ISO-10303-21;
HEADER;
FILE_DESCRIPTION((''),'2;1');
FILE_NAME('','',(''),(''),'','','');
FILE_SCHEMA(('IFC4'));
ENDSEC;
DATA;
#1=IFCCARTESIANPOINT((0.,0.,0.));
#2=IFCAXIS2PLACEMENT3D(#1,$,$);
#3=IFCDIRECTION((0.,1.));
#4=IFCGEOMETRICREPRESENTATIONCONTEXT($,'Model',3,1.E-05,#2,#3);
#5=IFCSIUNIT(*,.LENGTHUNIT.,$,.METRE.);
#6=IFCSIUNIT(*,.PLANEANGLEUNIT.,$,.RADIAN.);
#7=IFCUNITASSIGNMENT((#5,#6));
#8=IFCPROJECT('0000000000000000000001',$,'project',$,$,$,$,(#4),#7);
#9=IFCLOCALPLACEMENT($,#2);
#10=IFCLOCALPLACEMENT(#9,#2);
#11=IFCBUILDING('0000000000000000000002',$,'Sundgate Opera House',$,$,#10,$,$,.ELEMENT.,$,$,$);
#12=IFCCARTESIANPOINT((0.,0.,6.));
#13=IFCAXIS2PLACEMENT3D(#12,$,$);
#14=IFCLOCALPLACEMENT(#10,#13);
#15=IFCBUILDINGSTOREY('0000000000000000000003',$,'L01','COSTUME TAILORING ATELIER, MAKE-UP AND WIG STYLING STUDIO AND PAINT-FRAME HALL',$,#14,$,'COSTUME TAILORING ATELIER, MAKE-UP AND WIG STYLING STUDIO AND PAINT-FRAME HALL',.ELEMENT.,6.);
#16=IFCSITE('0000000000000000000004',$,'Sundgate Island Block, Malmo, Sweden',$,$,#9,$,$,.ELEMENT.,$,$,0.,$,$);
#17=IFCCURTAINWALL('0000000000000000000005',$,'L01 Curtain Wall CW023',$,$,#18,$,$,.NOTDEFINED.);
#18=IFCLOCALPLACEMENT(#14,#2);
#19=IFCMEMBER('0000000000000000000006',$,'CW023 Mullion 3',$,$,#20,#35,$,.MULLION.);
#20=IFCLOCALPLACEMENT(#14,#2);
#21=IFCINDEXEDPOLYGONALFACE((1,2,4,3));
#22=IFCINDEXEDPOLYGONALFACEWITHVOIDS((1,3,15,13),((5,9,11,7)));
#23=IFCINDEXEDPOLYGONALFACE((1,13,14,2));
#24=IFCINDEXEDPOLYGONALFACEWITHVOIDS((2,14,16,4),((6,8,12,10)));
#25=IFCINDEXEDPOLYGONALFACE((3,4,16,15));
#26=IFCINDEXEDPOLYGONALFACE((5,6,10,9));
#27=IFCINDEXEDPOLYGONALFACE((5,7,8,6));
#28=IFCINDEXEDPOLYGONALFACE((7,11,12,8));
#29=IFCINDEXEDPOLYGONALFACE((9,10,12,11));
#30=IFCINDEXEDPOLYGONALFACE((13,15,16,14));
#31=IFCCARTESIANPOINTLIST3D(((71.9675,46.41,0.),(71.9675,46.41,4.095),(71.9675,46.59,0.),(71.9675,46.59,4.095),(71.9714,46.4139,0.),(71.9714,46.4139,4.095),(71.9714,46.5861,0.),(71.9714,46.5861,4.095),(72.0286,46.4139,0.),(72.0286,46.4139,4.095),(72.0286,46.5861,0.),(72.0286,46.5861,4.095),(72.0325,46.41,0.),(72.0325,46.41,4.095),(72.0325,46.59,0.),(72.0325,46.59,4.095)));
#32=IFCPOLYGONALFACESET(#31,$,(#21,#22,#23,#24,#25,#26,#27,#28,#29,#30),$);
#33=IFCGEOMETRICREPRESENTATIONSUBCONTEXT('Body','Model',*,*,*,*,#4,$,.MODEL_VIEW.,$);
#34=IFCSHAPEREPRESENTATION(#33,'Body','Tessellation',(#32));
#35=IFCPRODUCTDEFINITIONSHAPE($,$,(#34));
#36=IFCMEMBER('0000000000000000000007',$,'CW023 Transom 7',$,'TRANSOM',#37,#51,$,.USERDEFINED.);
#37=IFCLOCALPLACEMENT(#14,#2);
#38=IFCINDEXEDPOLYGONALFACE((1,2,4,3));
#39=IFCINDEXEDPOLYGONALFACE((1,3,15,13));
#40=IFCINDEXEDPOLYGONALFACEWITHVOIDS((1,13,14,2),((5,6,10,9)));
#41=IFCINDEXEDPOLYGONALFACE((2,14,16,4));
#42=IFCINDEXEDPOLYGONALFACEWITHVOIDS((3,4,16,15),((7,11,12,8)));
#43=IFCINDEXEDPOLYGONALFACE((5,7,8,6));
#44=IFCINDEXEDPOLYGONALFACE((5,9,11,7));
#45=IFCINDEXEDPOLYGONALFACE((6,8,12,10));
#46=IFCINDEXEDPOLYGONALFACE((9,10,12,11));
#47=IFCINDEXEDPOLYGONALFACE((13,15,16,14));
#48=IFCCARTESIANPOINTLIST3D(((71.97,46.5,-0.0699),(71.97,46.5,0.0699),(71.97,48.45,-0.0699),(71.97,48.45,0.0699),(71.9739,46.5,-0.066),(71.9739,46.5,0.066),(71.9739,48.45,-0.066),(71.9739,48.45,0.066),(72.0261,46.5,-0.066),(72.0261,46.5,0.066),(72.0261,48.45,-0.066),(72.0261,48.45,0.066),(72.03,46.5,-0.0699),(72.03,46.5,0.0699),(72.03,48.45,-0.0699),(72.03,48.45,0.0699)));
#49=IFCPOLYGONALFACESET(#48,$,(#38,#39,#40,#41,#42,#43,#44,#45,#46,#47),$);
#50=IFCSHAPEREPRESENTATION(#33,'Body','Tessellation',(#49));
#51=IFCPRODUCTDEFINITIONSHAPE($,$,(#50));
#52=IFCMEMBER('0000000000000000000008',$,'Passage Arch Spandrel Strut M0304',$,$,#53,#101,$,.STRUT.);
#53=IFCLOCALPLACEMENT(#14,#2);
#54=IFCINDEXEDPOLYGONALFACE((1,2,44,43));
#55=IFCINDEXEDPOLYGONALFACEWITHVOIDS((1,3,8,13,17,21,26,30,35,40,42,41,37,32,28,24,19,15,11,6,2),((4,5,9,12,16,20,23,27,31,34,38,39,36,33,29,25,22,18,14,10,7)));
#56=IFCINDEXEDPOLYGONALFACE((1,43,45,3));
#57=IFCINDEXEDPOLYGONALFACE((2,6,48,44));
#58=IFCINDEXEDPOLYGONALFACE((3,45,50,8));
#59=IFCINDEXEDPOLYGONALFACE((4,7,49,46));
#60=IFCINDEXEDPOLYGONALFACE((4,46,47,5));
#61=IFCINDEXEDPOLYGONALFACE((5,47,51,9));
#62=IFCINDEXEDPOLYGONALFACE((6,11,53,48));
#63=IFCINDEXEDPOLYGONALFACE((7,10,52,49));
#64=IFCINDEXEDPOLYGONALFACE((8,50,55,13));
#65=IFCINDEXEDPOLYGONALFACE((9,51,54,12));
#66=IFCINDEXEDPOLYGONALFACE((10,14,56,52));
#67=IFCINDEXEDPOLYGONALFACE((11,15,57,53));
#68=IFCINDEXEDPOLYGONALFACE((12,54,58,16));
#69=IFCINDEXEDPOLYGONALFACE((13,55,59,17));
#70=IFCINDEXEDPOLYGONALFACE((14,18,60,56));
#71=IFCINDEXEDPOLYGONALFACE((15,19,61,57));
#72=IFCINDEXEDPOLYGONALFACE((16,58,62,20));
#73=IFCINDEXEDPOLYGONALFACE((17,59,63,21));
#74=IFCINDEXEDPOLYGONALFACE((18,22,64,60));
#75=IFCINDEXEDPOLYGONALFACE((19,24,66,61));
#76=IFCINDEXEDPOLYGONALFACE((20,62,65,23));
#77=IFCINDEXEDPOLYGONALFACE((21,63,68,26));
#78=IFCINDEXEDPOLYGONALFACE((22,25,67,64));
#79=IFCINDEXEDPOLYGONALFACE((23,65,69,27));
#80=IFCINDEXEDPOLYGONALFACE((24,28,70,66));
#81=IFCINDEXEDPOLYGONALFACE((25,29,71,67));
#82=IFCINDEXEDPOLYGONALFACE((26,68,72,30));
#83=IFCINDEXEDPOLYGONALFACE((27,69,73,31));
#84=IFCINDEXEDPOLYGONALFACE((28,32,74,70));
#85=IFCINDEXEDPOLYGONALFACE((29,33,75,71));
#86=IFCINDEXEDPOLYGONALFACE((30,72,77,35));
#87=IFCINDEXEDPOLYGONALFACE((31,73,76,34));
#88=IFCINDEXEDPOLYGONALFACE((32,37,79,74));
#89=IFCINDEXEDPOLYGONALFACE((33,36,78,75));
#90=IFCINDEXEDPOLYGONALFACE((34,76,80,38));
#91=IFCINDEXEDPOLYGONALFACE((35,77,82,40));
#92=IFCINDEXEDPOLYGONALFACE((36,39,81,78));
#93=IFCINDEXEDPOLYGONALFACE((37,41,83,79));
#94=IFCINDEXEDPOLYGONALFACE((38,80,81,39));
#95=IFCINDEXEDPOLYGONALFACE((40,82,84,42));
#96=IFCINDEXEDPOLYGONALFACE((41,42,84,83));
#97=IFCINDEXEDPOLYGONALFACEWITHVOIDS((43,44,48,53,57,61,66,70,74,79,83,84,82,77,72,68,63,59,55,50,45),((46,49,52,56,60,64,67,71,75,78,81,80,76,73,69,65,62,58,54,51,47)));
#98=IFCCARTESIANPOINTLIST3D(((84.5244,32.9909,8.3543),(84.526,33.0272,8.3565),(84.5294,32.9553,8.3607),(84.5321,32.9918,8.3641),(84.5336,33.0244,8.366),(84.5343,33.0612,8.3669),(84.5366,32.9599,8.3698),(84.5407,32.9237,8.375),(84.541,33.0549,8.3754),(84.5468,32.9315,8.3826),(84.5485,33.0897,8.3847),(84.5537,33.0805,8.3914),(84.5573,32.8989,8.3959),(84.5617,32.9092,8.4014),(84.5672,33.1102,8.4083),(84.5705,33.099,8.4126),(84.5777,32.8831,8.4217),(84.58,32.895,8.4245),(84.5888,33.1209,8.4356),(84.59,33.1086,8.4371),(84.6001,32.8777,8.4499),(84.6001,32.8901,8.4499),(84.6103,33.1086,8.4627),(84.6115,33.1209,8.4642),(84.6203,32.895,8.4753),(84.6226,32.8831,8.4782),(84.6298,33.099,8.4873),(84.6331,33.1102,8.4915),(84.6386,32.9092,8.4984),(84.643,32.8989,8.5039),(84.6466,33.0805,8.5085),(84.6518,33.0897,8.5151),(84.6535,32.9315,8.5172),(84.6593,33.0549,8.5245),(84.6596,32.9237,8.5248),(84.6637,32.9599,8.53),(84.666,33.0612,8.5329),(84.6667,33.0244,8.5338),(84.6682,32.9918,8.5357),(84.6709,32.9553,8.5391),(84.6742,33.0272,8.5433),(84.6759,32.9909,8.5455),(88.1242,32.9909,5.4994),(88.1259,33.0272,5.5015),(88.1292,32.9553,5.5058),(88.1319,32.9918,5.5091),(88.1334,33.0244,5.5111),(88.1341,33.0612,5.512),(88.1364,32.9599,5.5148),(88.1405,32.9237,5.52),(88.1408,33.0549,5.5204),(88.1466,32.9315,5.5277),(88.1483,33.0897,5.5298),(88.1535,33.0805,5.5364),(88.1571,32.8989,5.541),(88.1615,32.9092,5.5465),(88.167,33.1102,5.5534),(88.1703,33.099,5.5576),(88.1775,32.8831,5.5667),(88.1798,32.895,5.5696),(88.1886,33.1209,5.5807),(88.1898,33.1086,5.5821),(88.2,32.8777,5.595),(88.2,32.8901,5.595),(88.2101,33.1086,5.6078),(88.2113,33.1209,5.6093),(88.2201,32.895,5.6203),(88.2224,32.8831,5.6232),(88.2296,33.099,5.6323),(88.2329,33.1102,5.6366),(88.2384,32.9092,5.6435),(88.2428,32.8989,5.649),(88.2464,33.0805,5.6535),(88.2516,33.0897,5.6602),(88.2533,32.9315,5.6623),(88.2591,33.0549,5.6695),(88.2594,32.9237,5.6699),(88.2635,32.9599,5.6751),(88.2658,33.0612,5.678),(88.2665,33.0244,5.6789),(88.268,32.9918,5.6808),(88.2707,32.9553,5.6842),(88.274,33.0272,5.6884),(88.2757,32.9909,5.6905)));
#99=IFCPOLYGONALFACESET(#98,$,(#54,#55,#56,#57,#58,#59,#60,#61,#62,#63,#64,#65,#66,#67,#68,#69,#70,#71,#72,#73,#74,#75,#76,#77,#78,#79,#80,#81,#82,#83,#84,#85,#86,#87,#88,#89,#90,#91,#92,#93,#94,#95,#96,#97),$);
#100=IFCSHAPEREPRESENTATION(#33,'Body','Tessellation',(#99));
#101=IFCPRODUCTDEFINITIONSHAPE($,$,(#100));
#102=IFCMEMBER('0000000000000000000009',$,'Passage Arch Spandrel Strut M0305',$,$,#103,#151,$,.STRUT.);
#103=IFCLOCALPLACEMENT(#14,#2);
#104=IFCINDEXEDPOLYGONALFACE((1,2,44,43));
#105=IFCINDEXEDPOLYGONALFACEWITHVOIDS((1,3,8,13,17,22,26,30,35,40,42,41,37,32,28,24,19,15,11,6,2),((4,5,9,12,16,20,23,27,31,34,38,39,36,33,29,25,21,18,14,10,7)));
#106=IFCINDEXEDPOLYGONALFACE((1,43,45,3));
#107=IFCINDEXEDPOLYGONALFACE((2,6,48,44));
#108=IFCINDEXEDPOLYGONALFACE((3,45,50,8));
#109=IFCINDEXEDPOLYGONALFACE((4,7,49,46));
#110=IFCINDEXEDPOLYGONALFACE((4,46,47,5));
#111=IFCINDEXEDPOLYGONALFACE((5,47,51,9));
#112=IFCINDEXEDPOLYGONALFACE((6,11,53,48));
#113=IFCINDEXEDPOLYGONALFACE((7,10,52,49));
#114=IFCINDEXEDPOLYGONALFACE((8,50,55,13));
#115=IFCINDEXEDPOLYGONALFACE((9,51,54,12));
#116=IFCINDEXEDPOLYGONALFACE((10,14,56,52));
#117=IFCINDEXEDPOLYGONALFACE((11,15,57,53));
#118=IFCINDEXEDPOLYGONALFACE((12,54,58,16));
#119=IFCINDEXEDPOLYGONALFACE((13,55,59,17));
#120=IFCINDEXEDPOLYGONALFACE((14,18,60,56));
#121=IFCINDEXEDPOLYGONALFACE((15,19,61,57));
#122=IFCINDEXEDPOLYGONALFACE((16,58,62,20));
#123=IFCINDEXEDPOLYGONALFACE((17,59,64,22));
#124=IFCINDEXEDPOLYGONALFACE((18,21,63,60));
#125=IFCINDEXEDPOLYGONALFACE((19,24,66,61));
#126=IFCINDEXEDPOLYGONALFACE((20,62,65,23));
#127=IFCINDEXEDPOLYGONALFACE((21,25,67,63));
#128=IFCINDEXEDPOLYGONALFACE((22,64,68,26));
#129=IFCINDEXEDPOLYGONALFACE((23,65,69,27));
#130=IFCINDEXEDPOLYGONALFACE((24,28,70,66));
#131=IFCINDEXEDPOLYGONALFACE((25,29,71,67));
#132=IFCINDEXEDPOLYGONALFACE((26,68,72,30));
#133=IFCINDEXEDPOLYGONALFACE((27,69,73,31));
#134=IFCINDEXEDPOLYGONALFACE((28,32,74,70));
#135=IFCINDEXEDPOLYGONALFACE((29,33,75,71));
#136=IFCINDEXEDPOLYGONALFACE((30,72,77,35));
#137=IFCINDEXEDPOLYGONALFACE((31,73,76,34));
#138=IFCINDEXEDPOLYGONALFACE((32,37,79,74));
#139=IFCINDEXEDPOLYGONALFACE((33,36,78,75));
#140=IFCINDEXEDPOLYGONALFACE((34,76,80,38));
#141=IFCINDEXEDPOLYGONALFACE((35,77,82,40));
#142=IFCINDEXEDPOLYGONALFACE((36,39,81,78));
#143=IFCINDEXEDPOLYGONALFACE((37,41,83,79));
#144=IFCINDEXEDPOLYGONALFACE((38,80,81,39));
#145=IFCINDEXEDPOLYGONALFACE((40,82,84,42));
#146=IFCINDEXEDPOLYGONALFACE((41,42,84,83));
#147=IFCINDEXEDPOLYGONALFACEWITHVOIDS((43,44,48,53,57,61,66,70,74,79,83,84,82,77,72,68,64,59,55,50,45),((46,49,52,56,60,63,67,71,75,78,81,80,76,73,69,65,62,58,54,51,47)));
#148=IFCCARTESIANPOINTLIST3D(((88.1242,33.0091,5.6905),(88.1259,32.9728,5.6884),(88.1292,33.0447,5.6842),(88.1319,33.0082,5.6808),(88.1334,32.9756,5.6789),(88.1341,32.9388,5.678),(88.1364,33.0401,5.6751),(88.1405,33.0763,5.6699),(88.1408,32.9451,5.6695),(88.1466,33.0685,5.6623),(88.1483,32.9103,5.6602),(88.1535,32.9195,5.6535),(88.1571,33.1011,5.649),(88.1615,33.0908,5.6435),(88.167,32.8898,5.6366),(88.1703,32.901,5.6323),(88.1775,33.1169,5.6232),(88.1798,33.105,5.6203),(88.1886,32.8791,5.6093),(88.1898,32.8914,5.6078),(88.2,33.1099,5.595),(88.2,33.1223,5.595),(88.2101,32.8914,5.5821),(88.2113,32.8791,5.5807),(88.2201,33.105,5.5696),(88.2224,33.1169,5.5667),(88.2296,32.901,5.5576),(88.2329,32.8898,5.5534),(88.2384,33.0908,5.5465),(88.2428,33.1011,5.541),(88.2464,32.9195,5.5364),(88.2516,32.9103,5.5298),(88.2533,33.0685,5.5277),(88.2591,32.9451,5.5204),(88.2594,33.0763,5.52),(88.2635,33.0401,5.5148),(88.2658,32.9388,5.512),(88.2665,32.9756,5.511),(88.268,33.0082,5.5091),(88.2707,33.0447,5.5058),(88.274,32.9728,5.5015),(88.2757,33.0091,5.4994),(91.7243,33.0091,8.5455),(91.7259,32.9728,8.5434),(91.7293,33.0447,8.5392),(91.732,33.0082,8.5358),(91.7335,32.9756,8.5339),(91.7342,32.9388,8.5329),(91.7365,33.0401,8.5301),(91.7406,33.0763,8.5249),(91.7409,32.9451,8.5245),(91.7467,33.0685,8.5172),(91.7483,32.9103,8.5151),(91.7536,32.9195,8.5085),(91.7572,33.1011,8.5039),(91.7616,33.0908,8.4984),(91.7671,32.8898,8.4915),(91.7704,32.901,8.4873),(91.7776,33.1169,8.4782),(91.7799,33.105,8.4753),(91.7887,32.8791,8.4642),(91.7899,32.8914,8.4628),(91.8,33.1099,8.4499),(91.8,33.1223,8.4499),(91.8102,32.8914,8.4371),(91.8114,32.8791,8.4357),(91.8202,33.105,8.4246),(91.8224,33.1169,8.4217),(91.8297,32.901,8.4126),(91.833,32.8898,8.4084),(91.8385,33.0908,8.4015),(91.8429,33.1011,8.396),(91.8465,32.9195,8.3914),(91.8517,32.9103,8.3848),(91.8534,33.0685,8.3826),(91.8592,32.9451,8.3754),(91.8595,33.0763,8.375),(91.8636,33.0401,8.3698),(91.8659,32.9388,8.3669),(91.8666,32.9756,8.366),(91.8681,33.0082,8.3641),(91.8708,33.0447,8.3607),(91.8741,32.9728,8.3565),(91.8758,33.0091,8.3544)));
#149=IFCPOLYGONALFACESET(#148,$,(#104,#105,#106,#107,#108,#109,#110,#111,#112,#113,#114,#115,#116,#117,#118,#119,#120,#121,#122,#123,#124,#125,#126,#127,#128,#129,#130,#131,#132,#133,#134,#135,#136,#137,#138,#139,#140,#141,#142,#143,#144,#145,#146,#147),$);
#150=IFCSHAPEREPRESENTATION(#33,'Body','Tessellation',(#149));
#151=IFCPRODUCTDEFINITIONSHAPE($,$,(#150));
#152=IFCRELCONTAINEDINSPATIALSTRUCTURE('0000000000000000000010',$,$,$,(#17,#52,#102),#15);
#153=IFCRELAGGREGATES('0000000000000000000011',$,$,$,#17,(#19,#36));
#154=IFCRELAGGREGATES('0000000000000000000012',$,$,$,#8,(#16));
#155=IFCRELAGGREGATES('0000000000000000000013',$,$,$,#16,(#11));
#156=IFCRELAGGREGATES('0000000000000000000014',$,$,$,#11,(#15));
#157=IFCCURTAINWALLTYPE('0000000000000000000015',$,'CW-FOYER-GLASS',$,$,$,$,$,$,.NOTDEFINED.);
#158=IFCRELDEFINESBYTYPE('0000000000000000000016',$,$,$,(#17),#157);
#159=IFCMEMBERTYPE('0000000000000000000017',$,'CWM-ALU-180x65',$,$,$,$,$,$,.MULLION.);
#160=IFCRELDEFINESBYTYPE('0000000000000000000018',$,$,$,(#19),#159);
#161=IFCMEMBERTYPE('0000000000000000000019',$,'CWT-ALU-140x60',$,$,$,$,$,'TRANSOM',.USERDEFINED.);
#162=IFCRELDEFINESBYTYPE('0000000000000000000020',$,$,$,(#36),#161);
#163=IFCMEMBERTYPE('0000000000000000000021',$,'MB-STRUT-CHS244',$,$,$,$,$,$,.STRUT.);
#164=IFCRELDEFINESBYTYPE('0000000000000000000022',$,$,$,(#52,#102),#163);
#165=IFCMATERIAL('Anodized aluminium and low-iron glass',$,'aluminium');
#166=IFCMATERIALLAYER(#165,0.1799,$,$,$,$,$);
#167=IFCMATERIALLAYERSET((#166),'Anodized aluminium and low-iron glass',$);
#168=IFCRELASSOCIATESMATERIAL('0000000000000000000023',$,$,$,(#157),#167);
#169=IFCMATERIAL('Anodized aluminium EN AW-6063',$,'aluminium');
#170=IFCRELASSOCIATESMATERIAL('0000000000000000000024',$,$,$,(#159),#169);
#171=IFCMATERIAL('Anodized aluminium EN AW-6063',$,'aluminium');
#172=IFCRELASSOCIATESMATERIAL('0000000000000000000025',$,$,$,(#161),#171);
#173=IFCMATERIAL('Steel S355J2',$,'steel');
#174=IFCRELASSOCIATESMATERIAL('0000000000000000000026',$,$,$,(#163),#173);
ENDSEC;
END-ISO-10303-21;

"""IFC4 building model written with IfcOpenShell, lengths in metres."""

from ifc_helpers import new_model, si_unit, direction, frame, origin, origin_2d, place, context, subcontext, project, spatial, hollow_rectangle, hollow_circle, extrude, material, layer, layer_set, material_profile, profile_set, type_object, element, aggregate, save


model = new_model("IFC4")

# Units and contexts
model_context = context("Model", 3, precision=1e-05, world=origin(), true_north=direction((0.0, 1.0)))
body_context = subcontext(model_context, "Body", "Model", "MODEL_VIEW")
ifc_project = project(units=[si_unit("LENGTHUNIT", "METRE"), si_unit("PLANEANGLEUNIT", "RADIAN")], contexts=[model_context])

# Site, building, storey
site_placement = place(None, origin())
site = spatial("IfcSite", under=ifc_project, at=site_placement, Name="Sundgate Island Block, Malmo, Sweden", CompositionType="ELEMENT", RefElevation=0.0)
building_placement = place(site_placement, origin())
building = spatial("IfcBuilding", under=site, at=building_placement, Name="Sundgate Opera House", CompositionType="ELEMENT")
storey_placement = place(building_placement, frame((0.0, 0.0, 6.0)))
storey = spatial("IfcBuildingStorey", under=building, at=storey_placement, Name="L01", Description="COSTUME TAILORING ATELIER, MAKE-UP AND WIG STYLING STUDIO AND PAINT-FRAME HALL", LongName="COSTUME TAILORING ATELIER, MAKE-UP AND WIG STYLING STUDIO AND PAINT-FRAME HALL", CompositionType="ELEMENT", Elevation=6.0)

# Curtain wall, members
ifc_material_1 = material(Name="Anodized aluminium and low-iron glass", Category="aluminium")
ifc_layer_1 = layer(ifc_material_1, 0.1799)
ifc_layer_set_1 = layer_set([ifc_layer_1], Name="Anodized aluminium and low-iron glass")
curtain_wall_type = type_object("IfcCurtainWallType", Name="CW-FOYER-GLASS", PredefinedType="NOTDEFINED", material=ifc_layer_set_1)
curtain_wall_placement = place(storey_placement, origin())
curtain_wall = element("IfcCurtainWall", 1, at=curtain_wall_placement, inside=storey, type_object=curtain_wall_type, Name="L01 Curtain Wall CW023", PredefinedType="NOTDEFINED")
ifc_material_2 = material(Name="Anodized aluminium EN AW-6063", Category="aluminium")
ifc_material_profile_1 = material_profile(ifc_material_2, hollow_rectangle(XDim=0.0649, YDim=0.1799, WallThickness=0.0039, at=origin_2d()), Name="CWM 180x65x4")
ifc_profile_set_1 = profile_set([ifc_material_profile_1], Name="Anodized aluminium EN AW-6063")
member_type_1 = type_object("IfcMemberType", Name="CWM-ALU-180x65", PredefinedType="MULLION", material=ifc_profile_set_1)
member_1_placement = place(storey_placement, frame((72.0, 46.5, 0.0), z_axis=(0.0, 0.0, 1.0), x_axis=(1.0, 0.0, 0.0)))
member_1 = element("IfcMember", 2, at=member_1_placement, type_object=member_type_1, Name="CW023 Mullion 3", PredefinedType="MULLION", context=body_context, shape_type="SweptSolid", body=[
    extrude(hollow_rectangle(XDim=0.0649, YDim=0.1799, WallThickness=0.0039, at=origin_2d()), origin(), (0.0, 0.0, 1.0), 4.095),
])
ifc_material_3 = material(Name="Anodized aluminium EN AW-6063", Category="aluminium")
ifc_material_profile_2 = material_profile(ifc_material_3, hollow_rectangle(XDim=0.0601, YDim=0.1399, WallThickness=0.0039, at=origin_2d()), Name="CWT 140x60x4")
ifc_profile_set_2 = profile_set([ifc_material_profile_2], Name="Anodized aluminium EN AW-6063")
member_type_2 = type_object("IfcMemberType", Name="CWT-ALU-140x60", ElementType="TRANSOM", PredefinedType="USERDEFINED", material=ifc_profile_set_2)
member_2_placement = place(storey_placement, frame((72.0, 46.5, 0.0), z_axis=(0.0, 1.0, 0.0), x_axis=(-1.0, 0.0, 0.0)))
member_2 = element("IfcMember", 3, at=member_2_placement, type_object=member_type_2, Name="CW023 Transom 7", ObjectType="TRANSOM", PredefinedType="USERDEFINED", context=body_context, shape_type="SweptSolid", body=[
    extrude(hollow_rectangle(XDim=0.0601, YDim=0.1399, WallThickness=0.0039, at=origin_2d()), origin(), (0.0, 0.0, 1.0), 1.95),
])

# Members
ifc_material_4 = material(Name="Steel S355J2", Category="steel")
ifc_material_profile_3 = material_profile(ifc_material_4, hollow_circle(Radius=0.1223, WallThickness=0.0125, at=origin_2d()), Name="CHS 244.5x12.5")
ifc_profile_set_3 = profile_set([ifc_material_profile_3], Name="Steel S355J2")
member_type_3 = type_object("IfcMemberType", Name="MB-STRUT-CHS244", PredefinedType="STRUT", material=ifc_profile_set_3)
member_3_placement = place(storey_placement, frame((88.2, 33.0, 5.595), z_axis=(-0.783506, 0.0, 0.621385), x_axis=(0.0, -1.0, 0.0)))
element("IfcMember", 4, at=member_3_placement, inside=storey, type_object=member_type_3, Name="Passage Arch Spandrel Strut M0304", PredefinedType="STRUT", context=body_context, shape_type="SweptSolid", body=[
    extrude(hollow_circle(Radius=0.1223, WallThickness=0.0125, at=origin_2d()), origin(), (0.0, 0.0, 1.0), 4.5945),
])
member_4_placement = place(storey_placement, frame((88.2, 33.0, 5.595), z_axis=(0.783526, 0.0, 0.621359), x_axis=(0.0, 1.0, 0.0)))
element("IfcMember", 5, at=member_4_placement, inside=storey, type_object=member_type_3, Name="Passage Arch Spandrel Strut M0305", PredefinedType="STRUT", context=body_context, shape_type="SweptSolid", body=[
    extrude(hollow_circle(Radius=0.1223, WallThickness=0.0125, at=origin_2d()), origin(), (0.0, 0.0, 1.0), 4.5947),
])

aggregate(curtain_wall, [member_1, member_2])

save(model, "model.ifc")
